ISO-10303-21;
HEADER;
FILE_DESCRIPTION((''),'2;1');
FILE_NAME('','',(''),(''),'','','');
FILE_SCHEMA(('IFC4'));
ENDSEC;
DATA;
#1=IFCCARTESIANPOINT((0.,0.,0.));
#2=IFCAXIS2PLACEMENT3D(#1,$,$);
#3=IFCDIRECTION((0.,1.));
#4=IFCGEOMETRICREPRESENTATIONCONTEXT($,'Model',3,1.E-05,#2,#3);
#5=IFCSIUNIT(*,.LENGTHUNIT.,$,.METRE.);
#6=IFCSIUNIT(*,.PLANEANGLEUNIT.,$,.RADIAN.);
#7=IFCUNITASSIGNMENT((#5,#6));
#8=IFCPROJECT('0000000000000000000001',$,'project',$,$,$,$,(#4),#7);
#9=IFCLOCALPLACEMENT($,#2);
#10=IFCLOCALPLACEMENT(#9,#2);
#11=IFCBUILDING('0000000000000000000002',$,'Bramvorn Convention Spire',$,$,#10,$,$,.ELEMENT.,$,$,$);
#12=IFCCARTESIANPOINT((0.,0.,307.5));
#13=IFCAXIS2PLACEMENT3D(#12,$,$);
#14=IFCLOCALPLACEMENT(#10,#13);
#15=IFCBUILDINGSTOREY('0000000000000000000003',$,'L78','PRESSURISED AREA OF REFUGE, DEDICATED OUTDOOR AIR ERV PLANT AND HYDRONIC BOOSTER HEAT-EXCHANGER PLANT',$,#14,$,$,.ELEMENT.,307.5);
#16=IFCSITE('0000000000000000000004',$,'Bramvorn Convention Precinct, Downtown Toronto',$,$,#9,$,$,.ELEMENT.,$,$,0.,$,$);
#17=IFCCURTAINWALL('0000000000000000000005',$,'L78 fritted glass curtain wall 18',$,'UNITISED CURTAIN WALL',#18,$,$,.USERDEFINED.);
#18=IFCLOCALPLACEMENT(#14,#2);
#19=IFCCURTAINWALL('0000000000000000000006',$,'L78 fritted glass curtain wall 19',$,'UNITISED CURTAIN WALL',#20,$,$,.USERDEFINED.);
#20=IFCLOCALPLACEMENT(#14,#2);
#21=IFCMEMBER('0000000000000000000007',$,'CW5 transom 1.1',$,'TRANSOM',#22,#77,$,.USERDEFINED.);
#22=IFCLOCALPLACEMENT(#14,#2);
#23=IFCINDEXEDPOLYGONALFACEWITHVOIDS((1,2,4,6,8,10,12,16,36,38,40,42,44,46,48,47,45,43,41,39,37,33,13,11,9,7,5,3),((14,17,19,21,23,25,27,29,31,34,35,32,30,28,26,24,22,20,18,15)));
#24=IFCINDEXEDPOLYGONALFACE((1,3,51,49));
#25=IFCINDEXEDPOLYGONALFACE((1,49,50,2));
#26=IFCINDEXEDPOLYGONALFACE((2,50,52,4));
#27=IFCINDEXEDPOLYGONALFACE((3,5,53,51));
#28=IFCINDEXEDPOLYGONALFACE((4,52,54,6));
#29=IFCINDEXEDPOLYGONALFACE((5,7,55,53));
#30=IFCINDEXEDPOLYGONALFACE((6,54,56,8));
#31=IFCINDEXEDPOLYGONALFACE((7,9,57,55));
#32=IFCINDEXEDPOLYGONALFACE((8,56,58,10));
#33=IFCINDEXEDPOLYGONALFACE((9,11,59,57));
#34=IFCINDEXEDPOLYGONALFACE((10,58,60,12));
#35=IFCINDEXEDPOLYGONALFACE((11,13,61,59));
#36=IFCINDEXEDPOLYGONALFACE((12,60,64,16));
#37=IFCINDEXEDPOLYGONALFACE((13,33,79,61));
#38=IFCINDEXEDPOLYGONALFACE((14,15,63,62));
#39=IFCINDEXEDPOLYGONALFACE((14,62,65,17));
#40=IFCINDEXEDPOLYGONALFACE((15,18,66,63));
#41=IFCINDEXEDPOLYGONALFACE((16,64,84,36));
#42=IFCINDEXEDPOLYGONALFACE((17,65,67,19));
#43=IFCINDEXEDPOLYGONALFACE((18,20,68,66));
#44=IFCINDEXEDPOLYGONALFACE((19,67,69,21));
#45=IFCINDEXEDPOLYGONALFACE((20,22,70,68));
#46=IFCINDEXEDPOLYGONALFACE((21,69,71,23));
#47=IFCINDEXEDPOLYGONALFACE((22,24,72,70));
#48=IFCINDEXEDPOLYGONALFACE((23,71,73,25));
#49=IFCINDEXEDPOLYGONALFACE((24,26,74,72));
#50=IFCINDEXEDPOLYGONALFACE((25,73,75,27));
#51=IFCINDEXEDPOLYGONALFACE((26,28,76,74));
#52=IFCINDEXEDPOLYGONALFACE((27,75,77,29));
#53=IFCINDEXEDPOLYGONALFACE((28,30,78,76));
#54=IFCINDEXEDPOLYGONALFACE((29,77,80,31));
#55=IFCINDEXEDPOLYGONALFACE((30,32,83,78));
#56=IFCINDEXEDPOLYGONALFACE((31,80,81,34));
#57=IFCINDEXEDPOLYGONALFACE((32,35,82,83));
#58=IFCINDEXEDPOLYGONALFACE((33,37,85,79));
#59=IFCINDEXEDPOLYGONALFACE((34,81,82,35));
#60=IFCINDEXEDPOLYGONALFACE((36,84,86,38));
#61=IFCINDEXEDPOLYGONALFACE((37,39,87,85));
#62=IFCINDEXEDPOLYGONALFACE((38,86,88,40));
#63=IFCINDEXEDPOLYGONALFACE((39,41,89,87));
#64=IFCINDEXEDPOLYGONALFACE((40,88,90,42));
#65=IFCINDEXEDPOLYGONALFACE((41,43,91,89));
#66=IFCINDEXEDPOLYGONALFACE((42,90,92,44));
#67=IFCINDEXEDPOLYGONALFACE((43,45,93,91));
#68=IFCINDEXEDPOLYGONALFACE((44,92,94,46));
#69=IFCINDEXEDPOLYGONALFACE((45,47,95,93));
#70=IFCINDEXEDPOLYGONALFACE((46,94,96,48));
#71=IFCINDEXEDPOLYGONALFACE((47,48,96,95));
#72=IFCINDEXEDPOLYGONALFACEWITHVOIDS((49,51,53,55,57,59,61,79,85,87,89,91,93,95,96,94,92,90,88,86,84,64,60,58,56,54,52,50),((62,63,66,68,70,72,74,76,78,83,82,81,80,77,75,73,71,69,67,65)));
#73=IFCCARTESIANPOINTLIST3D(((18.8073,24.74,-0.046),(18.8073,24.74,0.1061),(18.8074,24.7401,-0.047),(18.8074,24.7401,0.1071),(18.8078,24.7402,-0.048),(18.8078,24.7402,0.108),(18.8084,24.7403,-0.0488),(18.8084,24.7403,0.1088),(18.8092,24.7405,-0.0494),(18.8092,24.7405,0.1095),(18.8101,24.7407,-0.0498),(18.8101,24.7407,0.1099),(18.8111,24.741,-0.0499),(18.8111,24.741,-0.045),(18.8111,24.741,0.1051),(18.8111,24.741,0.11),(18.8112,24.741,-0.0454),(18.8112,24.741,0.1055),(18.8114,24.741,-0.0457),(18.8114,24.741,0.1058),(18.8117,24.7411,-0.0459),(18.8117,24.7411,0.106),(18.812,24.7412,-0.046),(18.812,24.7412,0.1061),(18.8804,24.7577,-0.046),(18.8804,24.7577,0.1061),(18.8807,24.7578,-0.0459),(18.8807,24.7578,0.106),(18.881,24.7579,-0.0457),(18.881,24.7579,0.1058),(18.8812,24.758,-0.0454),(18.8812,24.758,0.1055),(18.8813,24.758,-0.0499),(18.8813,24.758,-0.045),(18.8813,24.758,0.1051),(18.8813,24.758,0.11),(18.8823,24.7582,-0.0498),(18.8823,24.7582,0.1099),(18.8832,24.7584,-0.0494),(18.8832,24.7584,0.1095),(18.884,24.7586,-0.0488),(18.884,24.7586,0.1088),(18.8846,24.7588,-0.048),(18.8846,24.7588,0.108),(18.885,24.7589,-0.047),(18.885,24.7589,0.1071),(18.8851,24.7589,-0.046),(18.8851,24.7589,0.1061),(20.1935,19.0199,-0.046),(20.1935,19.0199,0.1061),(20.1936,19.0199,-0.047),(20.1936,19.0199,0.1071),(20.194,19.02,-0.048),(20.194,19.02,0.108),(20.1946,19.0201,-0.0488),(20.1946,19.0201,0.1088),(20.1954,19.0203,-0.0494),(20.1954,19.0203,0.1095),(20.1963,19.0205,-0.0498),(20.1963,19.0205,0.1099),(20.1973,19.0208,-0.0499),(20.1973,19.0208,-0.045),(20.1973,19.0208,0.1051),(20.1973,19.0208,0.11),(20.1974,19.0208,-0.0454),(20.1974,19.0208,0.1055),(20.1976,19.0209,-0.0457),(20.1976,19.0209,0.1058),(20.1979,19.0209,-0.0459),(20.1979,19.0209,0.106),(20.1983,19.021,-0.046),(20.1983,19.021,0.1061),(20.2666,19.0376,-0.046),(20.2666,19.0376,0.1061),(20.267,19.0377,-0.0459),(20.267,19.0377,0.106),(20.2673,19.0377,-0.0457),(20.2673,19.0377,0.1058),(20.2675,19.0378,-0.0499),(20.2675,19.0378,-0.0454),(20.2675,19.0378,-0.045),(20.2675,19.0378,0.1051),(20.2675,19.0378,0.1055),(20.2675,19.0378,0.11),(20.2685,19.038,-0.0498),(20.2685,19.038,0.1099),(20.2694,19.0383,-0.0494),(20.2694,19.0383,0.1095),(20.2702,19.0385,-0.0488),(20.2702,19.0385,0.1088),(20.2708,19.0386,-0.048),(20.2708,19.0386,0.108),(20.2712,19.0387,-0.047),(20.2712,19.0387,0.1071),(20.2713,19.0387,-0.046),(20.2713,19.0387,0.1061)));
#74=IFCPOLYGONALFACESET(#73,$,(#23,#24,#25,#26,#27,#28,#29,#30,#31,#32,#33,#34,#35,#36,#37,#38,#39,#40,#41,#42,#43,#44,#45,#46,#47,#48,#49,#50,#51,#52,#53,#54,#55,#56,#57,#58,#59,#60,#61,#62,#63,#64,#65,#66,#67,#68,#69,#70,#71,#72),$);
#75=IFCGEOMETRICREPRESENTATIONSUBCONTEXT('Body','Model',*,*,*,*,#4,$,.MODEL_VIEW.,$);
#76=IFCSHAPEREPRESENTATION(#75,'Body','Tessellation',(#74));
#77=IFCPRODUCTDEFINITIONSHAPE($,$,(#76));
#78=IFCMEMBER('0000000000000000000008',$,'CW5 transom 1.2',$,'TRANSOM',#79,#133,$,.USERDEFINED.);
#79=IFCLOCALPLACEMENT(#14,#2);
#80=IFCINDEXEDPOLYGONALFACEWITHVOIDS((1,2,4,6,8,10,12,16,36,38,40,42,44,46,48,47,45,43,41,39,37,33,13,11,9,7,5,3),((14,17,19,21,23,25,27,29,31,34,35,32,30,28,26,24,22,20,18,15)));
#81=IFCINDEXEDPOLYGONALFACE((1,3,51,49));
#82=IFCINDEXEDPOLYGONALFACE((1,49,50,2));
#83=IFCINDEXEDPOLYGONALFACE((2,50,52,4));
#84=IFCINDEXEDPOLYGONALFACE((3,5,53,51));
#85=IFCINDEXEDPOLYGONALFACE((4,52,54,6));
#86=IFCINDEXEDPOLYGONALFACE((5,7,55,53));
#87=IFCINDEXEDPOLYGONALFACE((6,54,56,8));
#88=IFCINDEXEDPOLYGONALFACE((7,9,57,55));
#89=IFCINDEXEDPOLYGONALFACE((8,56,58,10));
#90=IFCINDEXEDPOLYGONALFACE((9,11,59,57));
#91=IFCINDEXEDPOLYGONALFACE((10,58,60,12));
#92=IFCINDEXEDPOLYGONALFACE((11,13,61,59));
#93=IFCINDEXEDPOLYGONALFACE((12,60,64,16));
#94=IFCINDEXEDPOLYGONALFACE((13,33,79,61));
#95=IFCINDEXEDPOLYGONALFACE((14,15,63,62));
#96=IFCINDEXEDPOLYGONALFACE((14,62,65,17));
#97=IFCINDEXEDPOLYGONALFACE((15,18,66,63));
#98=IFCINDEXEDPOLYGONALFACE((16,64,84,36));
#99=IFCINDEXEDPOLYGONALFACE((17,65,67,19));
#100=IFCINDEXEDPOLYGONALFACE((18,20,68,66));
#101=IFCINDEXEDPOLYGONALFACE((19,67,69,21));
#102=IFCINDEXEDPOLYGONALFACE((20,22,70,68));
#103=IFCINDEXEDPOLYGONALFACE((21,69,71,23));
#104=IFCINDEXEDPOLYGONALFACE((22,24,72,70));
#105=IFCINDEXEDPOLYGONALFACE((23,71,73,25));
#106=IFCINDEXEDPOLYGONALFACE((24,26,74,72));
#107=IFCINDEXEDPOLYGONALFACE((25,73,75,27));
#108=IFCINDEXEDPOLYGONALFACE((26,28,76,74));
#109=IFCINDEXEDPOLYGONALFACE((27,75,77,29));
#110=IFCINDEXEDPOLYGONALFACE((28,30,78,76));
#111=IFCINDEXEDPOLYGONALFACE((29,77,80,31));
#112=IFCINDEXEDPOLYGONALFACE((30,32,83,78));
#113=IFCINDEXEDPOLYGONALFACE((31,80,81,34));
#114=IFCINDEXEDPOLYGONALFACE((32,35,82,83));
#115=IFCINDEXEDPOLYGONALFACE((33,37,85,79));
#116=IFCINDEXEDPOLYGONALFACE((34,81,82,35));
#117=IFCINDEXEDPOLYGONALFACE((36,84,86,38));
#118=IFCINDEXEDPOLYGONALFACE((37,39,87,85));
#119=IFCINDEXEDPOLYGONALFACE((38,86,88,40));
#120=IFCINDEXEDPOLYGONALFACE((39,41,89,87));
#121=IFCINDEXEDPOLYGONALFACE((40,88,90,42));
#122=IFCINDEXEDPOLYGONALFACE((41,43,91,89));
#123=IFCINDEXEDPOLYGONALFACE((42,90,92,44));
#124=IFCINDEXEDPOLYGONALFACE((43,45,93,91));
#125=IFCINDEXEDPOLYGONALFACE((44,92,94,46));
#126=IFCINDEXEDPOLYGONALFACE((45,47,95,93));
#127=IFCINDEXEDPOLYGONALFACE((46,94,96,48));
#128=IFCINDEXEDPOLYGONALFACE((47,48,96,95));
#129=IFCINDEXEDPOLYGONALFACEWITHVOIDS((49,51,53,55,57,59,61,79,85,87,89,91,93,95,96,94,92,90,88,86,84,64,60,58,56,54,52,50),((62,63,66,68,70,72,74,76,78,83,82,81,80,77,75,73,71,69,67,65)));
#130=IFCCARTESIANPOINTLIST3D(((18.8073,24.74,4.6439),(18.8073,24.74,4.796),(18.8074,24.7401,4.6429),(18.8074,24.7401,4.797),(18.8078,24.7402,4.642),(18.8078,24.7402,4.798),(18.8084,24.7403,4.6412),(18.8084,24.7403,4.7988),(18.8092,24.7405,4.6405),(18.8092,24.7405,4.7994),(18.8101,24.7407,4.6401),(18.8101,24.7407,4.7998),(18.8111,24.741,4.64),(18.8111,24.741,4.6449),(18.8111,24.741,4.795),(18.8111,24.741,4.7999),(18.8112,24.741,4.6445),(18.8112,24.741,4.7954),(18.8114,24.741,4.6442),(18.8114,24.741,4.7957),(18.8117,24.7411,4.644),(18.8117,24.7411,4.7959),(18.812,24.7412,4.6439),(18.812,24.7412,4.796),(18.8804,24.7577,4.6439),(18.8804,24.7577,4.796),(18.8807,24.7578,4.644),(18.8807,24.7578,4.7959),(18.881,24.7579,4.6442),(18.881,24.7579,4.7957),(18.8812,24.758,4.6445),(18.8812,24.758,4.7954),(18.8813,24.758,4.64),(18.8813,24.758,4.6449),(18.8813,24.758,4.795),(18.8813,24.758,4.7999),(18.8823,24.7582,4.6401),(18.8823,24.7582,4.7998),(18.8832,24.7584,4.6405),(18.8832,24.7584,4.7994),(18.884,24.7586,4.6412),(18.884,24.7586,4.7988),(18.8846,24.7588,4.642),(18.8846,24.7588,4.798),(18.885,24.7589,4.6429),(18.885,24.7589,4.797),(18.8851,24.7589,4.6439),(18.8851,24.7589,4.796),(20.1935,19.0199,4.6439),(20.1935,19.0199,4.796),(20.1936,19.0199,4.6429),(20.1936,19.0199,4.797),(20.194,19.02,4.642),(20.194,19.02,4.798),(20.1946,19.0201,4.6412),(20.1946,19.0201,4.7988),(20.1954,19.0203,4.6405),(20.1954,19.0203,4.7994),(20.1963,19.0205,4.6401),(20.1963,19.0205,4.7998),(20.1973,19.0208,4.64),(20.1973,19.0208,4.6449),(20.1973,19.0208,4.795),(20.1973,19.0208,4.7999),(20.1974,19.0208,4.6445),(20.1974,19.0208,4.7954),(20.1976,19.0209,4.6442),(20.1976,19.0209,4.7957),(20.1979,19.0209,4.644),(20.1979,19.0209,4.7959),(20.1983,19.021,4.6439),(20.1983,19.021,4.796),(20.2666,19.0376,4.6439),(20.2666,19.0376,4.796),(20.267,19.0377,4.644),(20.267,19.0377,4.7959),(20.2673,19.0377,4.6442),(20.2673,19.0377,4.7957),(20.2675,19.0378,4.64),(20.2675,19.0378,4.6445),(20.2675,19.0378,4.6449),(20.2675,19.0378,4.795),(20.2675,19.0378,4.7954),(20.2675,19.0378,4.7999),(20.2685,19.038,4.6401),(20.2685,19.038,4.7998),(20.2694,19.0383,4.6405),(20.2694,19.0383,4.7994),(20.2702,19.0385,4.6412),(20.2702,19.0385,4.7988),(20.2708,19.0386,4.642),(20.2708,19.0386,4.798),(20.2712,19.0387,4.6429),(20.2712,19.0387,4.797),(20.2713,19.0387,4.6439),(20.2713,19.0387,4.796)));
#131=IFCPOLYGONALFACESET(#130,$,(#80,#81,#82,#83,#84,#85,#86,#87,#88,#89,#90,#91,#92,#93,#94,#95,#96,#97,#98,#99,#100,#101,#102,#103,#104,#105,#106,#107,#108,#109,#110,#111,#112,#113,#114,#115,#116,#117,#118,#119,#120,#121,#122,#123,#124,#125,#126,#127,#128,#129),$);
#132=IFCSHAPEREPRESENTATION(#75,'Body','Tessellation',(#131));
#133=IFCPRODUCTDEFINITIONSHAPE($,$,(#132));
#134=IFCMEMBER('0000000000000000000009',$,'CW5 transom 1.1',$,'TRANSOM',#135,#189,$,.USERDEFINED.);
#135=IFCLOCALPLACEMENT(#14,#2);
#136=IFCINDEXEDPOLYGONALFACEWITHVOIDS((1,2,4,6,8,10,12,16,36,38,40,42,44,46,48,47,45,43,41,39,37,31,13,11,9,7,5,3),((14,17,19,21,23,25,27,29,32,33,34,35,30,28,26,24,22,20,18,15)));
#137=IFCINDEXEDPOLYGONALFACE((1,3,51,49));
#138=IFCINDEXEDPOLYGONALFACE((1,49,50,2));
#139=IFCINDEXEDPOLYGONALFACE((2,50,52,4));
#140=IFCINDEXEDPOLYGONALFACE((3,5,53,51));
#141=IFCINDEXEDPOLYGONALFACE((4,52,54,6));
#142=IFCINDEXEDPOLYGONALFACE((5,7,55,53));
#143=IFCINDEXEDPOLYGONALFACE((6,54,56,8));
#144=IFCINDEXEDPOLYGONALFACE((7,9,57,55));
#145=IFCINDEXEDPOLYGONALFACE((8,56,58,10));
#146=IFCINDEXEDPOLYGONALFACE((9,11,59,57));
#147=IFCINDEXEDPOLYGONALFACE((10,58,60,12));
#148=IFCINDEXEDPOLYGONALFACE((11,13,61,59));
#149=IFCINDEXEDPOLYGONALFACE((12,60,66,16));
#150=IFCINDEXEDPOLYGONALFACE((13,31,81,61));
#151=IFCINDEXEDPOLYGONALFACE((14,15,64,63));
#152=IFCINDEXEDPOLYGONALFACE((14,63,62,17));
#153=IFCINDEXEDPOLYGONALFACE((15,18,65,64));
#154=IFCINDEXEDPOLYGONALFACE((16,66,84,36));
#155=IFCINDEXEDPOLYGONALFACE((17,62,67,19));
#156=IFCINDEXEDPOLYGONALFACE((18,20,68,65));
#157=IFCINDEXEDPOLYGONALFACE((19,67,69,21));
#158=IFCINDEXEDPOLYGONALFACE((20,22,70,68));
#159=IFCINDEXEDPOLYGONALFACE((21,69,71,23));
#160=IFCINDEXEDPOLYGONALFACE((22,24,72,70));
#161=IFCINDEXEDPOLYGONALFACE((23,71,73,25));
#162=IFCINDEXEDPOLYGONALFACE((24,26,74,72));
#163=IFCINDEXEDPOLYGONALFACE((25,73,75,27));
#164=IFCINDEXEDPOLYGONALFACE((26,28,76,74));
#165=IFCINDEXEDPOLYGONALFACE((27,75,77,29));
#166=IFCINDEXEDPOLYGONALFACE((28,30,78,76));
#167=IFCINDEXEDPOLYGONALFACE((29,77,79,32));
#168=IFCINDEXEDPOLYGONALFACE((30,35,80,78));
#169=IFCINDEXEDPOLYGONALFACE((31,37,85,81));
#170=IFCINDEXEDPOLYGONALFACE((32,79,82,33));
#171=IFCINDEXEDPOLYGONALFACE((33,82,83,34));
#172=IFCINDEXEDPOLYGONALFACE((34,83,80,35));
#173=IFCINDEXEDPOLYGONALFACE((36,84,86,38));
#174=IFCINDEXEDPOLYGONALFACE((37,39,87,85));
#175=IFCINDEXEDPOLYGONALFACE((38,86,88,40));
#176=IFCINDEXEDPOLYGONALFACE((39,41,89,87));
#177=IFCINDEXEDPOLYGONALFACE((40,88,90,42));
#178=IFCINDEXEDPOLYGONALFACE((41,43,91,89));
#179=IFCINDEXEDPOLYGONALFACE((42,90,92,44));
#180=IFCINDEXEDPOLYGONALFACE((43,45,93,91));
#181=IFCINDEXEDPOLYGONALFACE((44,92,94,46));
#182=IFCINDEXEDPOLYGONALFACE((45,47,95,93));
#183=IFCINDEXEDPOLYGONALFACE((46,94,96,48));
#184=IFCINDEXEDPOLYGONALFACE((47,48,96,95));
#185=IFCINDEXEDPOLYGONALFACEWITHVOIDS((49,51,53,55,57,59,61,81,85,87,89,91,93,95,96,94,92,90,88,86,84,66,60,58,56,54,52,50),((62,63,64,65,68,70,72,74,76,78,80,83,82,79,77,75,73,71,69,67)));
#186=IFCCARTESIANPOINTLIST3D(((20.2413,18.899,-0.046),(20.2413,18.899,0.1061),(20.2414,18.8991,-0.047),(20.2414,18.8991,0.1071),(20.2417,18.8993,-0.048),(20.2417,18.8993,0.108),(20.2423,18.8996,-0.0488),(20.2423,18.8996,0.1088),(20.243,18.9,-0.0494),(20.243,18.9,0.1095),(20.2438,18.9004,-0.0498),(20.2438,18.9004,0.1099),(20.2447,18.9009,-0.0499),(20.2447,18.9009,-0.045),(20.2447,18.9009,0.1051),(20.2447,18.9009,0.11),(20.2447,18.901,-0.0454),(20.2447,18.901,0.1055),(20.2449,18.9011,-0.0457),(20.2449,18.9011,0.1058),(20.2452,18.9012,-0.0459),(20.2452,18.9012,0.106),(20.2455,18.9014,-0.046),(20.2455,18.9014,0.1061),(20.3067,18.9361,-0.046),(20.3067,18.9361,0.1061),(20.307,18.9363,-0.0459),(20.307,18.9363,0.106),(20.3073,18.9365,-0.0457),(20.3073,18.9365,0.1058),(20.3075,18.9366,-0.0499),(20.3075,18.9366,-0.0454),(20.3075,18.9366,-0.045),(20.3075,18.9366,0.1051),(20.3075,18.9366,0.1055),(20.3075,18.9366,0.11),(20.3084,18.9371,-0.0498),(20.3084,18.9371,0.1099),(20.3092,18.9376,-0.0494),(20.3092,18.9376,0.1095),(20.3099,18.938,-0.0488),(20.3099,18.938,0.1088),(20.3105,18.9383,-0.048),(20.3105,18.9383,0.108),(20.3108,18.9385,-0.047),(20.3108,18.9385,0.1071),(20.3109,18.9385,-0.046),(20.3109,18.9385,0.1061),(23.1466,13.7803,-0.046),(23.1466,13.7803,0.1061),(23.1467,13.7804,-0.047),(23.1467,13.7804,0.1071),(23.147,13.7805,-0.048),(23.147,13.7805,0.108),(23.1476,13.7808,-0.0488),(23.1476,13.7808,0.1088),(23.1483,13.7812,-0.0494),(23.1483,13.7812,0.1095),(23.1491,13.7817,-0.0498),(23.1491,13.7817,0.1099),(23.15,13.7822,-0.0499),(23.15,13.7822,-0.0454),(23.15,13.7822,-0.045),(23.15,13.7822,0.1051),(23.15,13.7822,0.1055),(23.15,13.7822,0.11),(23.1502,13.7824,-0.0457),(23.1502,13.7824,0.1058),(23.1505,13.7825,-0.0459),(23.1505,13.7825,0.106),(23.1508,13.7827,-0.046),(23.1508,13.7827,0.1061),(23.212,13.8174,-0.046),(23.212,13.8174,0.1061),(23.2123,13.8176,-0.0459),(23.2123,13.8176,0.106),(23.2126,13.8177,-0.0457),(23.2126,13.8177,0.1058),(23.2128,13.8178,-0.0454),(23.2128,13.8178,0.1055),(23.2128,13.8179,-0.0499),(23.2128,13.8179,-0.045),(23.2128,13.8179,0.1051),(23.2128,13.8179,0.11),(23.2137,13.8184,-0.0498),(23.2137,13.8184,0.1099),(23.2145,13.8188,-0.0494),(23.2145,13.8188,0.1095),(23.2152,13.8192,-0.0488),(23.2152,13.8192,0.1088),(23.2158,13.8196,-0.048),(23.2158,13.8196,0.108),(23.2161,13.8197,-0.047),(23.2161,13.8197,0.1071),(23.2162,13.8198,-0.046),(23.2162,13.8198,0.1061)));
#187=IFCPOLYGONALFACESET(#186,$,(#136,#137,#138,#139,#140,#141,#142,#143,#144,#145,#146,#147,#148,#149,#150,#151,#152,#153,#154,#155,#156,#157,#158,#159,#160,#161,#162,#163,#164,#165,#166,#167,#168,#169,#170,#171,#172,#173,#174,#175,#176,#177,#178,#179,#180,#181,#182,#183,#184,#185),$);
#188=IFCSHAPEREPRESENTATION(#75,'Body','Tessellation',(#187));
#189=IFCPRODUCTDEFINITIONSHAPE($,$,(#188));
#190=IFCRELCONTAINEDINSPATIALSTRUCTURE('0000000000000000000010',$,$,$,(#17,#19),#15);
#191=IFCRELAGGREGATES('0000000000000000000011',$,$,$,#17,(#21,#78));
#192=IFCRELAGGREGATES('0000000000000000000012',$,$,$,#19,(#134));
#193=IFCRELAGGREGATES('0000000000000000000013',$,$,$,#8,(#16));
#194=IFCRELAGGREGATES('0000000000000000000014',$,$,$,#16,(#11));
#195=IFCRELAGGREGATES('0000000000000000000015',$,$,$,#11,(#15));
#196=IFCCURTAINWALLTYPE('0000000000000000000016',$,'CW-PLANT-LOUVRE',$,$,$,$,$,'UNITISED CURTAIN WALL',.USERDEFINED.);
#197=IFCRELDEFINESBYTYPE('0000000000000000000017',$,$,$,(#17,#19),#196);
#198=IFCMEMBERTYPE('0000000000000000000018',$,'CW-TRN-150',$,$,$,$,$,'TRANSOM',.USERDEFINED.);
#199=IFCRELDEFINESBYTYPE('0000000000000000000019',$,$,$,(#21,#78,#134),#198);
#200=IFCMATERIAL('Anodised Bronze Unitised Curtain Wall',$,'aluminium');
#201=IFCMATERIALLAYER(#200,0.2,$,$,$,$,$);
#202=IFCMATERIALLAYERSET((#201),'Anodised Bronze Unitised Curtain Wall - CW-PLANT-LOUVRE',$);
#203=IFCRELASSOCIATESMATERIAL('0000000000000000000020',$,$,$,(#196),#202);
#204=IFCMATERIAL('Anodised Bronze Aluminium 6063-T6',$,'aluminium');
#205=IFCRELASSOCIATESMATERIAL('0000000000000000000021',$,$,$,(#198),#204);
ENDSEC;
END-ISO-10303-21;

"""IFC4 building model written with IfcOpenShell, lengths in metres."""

from ifc_helpers import new_model, si_unit, direction, frame, origin, origin_2d, place, context, subcontext, project, spatial, hollow_rectangle, extrude, material, layer, layer_set, material_profile, profile_set, type_object, element, aggregate, save


model = new_model("IFC4")

# Units and contexts
model_context = context("Model", 3, precision=1e-05, world=origin(), true_north=direction((0.0, 1.0)))
body_context = subcontext(model_context, "Body", "Model", "MODEL_VIEW")
ifc_project = project(units=[si_unit("LENGTHUNIT", "METRE"), si_unit("PLANEANGLEUNIT", "RADIAN")], contexts=[model_context])

# Site, building, storey
site_placement = place(None, origin())
site = spatial("IfcSite", under=ifc_project, at=site_placement, Name="Bramvorn Convention Precinct, Downtown Toronto", CompositionType="ELEMENT", RefElevation=0.0)
building_placement = place(site_placement, origin())
building = spatial("IfcBuilding", under=site, at=building_placement, Name="Bramvorn Convention Spire", CompositionType="ELEMENT")
storey_placement = place(building_placement, frame((0.0, 0.0, 307.5)))
storey = spatial("IfcBuildingStorey", under=building, at=storey_placement, Name="L78", Description="PRESSURISED AREA OF REFUGE, DEDICATED OUTDOOR AIR ERV PLANT AND HYDRONIC BOOSTER HEAT-EXCHANGER PLANT", CompositionType="ELEMENT", Elevation=307.5)

# Curtain wall
ifc_material_1 = material(Name="Anodised Bronze Unitised Curtain Wall", Category="aluminium")
ifc_layer_1 = layer(ifc_material_1, 0.2)
ifc_layer_set_1 = layer_set([ifc_layer_1], Name="Anodised Bronze Unitised Curtain Wall - CW-PLANT-LOUVRE")
curtain_wall_type = type_object("IfcCurtainWallType", Name="CW-PLANT-LOUVRE", ElementType="UNITISED CURTAIN WALL", PredefinedType="USERDEFINED", material=ifc_layer_set_1)
curtain_wall_1_placement = place(storey_placement, origin())
curtain_wall_1 = element("IfcCurtainWall", 1, at=curtain_wall_1_placement, inside=storey, type_object=curtain_wall_type, Name="L78 fritted glass curtain wall 18", ObjectType="UNITISED CURTAIN WALL", PredefinedType="USERDEFINED")
ifc_material_2 = material(Name="Anodised Bronze Aluminium 6063-T6", Category="aluminium")

# Curtain wall
curtain_wall_2_placement = place(storey_placement, origin())
curtain_wall_2 = element("IfcCurtainWall", 2, at=curtain_wall_2_placement, inside=storey, type_object=curtain_wall_type, Name="L78 fritted glass curtain wall 19", ObjectType="UNITISED CURTAIN WALL", PredefinedType="USERDEFINED")

# Members
ifc_material_profile_1 = material_profile(ifc_material_2, hollow_rectangle(XDim=0.0801, YDim=0.1599, WallThickness=0.0039, InnerFilletRadius=0.001, OuterFilletRadius=0.0039, at=origin_2d()))
ifc_profile_set_1 = profile_set([ifc_material_profile_1], Name="Anodised Bronze Aluminium 6063-T6 - CWT80X160")
member_type_1 = type_object("IfcMemberType", Name="CW-TRN-150", ElementType="TRANSOM", PredefinedType="USERDEFINED", material=ifc_profile_set_1)
member_1_placement = place(storey_placement, frame((20.2324, 19.0293, 0.03), z_axis=(-0.235522, 0.971869, 0.0), x_axis=(-0.971869, -0.235522, 0.0)))
member_1 = element("IfcMember", 3, at=member_1_placement, type_object=member_type_1, Name="CW5 transom 1.1", ObjectType="TRANSOM", PredefinedType="USERDEFINED", context=body_context, shape_type="SweptSolid", body=[
    extrude(hollow_rectangle(XDim=0.0801, YDim=0.1599, WallThickness=0.0039, InnerFilletRadius=0.001, OuterFilletRadius=0.0039, at=origin_2d()), origin(), (0.0, 0.0, 1.0), 5.8857),
])
member_2_placement = place(storey_placement, frame((20.2324, 19.0293, 4.72), z_axis=(-0.235522, 0.971869, 0.0), x_axis=(-0.971869, -0.235522, 0.0)))
member_2 = element("IfcMember", 4, at=member_2_placement, type_object=member_type_1, Name="CW5 transom 1.2", ObjectType="TRANSOM", PredefinedType="USERDEFINED", context=body_context, shape_type="SweptSolid", body=[
    extrude(hollow_rectangle(XDim=0.0801, YDim=0.1599, WallThickness=0.0039, InnerFilletRadius=0.001, OuterFilletRadius=0.0039, at=origin_2d()), origin(), (0.0, 0.0, 1.0), 5.8857),
])
member_3_placement = place(storey_placement, frame((23.1814, 13.8, 0.03), z_axis=(-0.493617, 0.869679, 0.0), x_axis=(-0.869679, -0.493617, 0.0)))
member_3 = element("IfcMember", 5, at=member_3_placement, type_object=member_type_1, Name="CW5 transom 1.1", ObjectType="TRANSOM", PredefinedType="USERDEFINED", context=body_context, shape_type="SweptSolid", body=[
    extrude(hollow_rectangle(XDim=0.0801, YDim=0.1599, WallThickness=0.0039, InnerFilletRadius=0.001, OuterFilletRadius=0.0039, at=origin_2d()), origin(), (0.0, 0.0, 1.0), 5.8857),
])

aggregate(curtain_wall_1, [member_1, member_2])
aggregate(curtain_wall_2, [member_3])

save(model, "model.ifc")
